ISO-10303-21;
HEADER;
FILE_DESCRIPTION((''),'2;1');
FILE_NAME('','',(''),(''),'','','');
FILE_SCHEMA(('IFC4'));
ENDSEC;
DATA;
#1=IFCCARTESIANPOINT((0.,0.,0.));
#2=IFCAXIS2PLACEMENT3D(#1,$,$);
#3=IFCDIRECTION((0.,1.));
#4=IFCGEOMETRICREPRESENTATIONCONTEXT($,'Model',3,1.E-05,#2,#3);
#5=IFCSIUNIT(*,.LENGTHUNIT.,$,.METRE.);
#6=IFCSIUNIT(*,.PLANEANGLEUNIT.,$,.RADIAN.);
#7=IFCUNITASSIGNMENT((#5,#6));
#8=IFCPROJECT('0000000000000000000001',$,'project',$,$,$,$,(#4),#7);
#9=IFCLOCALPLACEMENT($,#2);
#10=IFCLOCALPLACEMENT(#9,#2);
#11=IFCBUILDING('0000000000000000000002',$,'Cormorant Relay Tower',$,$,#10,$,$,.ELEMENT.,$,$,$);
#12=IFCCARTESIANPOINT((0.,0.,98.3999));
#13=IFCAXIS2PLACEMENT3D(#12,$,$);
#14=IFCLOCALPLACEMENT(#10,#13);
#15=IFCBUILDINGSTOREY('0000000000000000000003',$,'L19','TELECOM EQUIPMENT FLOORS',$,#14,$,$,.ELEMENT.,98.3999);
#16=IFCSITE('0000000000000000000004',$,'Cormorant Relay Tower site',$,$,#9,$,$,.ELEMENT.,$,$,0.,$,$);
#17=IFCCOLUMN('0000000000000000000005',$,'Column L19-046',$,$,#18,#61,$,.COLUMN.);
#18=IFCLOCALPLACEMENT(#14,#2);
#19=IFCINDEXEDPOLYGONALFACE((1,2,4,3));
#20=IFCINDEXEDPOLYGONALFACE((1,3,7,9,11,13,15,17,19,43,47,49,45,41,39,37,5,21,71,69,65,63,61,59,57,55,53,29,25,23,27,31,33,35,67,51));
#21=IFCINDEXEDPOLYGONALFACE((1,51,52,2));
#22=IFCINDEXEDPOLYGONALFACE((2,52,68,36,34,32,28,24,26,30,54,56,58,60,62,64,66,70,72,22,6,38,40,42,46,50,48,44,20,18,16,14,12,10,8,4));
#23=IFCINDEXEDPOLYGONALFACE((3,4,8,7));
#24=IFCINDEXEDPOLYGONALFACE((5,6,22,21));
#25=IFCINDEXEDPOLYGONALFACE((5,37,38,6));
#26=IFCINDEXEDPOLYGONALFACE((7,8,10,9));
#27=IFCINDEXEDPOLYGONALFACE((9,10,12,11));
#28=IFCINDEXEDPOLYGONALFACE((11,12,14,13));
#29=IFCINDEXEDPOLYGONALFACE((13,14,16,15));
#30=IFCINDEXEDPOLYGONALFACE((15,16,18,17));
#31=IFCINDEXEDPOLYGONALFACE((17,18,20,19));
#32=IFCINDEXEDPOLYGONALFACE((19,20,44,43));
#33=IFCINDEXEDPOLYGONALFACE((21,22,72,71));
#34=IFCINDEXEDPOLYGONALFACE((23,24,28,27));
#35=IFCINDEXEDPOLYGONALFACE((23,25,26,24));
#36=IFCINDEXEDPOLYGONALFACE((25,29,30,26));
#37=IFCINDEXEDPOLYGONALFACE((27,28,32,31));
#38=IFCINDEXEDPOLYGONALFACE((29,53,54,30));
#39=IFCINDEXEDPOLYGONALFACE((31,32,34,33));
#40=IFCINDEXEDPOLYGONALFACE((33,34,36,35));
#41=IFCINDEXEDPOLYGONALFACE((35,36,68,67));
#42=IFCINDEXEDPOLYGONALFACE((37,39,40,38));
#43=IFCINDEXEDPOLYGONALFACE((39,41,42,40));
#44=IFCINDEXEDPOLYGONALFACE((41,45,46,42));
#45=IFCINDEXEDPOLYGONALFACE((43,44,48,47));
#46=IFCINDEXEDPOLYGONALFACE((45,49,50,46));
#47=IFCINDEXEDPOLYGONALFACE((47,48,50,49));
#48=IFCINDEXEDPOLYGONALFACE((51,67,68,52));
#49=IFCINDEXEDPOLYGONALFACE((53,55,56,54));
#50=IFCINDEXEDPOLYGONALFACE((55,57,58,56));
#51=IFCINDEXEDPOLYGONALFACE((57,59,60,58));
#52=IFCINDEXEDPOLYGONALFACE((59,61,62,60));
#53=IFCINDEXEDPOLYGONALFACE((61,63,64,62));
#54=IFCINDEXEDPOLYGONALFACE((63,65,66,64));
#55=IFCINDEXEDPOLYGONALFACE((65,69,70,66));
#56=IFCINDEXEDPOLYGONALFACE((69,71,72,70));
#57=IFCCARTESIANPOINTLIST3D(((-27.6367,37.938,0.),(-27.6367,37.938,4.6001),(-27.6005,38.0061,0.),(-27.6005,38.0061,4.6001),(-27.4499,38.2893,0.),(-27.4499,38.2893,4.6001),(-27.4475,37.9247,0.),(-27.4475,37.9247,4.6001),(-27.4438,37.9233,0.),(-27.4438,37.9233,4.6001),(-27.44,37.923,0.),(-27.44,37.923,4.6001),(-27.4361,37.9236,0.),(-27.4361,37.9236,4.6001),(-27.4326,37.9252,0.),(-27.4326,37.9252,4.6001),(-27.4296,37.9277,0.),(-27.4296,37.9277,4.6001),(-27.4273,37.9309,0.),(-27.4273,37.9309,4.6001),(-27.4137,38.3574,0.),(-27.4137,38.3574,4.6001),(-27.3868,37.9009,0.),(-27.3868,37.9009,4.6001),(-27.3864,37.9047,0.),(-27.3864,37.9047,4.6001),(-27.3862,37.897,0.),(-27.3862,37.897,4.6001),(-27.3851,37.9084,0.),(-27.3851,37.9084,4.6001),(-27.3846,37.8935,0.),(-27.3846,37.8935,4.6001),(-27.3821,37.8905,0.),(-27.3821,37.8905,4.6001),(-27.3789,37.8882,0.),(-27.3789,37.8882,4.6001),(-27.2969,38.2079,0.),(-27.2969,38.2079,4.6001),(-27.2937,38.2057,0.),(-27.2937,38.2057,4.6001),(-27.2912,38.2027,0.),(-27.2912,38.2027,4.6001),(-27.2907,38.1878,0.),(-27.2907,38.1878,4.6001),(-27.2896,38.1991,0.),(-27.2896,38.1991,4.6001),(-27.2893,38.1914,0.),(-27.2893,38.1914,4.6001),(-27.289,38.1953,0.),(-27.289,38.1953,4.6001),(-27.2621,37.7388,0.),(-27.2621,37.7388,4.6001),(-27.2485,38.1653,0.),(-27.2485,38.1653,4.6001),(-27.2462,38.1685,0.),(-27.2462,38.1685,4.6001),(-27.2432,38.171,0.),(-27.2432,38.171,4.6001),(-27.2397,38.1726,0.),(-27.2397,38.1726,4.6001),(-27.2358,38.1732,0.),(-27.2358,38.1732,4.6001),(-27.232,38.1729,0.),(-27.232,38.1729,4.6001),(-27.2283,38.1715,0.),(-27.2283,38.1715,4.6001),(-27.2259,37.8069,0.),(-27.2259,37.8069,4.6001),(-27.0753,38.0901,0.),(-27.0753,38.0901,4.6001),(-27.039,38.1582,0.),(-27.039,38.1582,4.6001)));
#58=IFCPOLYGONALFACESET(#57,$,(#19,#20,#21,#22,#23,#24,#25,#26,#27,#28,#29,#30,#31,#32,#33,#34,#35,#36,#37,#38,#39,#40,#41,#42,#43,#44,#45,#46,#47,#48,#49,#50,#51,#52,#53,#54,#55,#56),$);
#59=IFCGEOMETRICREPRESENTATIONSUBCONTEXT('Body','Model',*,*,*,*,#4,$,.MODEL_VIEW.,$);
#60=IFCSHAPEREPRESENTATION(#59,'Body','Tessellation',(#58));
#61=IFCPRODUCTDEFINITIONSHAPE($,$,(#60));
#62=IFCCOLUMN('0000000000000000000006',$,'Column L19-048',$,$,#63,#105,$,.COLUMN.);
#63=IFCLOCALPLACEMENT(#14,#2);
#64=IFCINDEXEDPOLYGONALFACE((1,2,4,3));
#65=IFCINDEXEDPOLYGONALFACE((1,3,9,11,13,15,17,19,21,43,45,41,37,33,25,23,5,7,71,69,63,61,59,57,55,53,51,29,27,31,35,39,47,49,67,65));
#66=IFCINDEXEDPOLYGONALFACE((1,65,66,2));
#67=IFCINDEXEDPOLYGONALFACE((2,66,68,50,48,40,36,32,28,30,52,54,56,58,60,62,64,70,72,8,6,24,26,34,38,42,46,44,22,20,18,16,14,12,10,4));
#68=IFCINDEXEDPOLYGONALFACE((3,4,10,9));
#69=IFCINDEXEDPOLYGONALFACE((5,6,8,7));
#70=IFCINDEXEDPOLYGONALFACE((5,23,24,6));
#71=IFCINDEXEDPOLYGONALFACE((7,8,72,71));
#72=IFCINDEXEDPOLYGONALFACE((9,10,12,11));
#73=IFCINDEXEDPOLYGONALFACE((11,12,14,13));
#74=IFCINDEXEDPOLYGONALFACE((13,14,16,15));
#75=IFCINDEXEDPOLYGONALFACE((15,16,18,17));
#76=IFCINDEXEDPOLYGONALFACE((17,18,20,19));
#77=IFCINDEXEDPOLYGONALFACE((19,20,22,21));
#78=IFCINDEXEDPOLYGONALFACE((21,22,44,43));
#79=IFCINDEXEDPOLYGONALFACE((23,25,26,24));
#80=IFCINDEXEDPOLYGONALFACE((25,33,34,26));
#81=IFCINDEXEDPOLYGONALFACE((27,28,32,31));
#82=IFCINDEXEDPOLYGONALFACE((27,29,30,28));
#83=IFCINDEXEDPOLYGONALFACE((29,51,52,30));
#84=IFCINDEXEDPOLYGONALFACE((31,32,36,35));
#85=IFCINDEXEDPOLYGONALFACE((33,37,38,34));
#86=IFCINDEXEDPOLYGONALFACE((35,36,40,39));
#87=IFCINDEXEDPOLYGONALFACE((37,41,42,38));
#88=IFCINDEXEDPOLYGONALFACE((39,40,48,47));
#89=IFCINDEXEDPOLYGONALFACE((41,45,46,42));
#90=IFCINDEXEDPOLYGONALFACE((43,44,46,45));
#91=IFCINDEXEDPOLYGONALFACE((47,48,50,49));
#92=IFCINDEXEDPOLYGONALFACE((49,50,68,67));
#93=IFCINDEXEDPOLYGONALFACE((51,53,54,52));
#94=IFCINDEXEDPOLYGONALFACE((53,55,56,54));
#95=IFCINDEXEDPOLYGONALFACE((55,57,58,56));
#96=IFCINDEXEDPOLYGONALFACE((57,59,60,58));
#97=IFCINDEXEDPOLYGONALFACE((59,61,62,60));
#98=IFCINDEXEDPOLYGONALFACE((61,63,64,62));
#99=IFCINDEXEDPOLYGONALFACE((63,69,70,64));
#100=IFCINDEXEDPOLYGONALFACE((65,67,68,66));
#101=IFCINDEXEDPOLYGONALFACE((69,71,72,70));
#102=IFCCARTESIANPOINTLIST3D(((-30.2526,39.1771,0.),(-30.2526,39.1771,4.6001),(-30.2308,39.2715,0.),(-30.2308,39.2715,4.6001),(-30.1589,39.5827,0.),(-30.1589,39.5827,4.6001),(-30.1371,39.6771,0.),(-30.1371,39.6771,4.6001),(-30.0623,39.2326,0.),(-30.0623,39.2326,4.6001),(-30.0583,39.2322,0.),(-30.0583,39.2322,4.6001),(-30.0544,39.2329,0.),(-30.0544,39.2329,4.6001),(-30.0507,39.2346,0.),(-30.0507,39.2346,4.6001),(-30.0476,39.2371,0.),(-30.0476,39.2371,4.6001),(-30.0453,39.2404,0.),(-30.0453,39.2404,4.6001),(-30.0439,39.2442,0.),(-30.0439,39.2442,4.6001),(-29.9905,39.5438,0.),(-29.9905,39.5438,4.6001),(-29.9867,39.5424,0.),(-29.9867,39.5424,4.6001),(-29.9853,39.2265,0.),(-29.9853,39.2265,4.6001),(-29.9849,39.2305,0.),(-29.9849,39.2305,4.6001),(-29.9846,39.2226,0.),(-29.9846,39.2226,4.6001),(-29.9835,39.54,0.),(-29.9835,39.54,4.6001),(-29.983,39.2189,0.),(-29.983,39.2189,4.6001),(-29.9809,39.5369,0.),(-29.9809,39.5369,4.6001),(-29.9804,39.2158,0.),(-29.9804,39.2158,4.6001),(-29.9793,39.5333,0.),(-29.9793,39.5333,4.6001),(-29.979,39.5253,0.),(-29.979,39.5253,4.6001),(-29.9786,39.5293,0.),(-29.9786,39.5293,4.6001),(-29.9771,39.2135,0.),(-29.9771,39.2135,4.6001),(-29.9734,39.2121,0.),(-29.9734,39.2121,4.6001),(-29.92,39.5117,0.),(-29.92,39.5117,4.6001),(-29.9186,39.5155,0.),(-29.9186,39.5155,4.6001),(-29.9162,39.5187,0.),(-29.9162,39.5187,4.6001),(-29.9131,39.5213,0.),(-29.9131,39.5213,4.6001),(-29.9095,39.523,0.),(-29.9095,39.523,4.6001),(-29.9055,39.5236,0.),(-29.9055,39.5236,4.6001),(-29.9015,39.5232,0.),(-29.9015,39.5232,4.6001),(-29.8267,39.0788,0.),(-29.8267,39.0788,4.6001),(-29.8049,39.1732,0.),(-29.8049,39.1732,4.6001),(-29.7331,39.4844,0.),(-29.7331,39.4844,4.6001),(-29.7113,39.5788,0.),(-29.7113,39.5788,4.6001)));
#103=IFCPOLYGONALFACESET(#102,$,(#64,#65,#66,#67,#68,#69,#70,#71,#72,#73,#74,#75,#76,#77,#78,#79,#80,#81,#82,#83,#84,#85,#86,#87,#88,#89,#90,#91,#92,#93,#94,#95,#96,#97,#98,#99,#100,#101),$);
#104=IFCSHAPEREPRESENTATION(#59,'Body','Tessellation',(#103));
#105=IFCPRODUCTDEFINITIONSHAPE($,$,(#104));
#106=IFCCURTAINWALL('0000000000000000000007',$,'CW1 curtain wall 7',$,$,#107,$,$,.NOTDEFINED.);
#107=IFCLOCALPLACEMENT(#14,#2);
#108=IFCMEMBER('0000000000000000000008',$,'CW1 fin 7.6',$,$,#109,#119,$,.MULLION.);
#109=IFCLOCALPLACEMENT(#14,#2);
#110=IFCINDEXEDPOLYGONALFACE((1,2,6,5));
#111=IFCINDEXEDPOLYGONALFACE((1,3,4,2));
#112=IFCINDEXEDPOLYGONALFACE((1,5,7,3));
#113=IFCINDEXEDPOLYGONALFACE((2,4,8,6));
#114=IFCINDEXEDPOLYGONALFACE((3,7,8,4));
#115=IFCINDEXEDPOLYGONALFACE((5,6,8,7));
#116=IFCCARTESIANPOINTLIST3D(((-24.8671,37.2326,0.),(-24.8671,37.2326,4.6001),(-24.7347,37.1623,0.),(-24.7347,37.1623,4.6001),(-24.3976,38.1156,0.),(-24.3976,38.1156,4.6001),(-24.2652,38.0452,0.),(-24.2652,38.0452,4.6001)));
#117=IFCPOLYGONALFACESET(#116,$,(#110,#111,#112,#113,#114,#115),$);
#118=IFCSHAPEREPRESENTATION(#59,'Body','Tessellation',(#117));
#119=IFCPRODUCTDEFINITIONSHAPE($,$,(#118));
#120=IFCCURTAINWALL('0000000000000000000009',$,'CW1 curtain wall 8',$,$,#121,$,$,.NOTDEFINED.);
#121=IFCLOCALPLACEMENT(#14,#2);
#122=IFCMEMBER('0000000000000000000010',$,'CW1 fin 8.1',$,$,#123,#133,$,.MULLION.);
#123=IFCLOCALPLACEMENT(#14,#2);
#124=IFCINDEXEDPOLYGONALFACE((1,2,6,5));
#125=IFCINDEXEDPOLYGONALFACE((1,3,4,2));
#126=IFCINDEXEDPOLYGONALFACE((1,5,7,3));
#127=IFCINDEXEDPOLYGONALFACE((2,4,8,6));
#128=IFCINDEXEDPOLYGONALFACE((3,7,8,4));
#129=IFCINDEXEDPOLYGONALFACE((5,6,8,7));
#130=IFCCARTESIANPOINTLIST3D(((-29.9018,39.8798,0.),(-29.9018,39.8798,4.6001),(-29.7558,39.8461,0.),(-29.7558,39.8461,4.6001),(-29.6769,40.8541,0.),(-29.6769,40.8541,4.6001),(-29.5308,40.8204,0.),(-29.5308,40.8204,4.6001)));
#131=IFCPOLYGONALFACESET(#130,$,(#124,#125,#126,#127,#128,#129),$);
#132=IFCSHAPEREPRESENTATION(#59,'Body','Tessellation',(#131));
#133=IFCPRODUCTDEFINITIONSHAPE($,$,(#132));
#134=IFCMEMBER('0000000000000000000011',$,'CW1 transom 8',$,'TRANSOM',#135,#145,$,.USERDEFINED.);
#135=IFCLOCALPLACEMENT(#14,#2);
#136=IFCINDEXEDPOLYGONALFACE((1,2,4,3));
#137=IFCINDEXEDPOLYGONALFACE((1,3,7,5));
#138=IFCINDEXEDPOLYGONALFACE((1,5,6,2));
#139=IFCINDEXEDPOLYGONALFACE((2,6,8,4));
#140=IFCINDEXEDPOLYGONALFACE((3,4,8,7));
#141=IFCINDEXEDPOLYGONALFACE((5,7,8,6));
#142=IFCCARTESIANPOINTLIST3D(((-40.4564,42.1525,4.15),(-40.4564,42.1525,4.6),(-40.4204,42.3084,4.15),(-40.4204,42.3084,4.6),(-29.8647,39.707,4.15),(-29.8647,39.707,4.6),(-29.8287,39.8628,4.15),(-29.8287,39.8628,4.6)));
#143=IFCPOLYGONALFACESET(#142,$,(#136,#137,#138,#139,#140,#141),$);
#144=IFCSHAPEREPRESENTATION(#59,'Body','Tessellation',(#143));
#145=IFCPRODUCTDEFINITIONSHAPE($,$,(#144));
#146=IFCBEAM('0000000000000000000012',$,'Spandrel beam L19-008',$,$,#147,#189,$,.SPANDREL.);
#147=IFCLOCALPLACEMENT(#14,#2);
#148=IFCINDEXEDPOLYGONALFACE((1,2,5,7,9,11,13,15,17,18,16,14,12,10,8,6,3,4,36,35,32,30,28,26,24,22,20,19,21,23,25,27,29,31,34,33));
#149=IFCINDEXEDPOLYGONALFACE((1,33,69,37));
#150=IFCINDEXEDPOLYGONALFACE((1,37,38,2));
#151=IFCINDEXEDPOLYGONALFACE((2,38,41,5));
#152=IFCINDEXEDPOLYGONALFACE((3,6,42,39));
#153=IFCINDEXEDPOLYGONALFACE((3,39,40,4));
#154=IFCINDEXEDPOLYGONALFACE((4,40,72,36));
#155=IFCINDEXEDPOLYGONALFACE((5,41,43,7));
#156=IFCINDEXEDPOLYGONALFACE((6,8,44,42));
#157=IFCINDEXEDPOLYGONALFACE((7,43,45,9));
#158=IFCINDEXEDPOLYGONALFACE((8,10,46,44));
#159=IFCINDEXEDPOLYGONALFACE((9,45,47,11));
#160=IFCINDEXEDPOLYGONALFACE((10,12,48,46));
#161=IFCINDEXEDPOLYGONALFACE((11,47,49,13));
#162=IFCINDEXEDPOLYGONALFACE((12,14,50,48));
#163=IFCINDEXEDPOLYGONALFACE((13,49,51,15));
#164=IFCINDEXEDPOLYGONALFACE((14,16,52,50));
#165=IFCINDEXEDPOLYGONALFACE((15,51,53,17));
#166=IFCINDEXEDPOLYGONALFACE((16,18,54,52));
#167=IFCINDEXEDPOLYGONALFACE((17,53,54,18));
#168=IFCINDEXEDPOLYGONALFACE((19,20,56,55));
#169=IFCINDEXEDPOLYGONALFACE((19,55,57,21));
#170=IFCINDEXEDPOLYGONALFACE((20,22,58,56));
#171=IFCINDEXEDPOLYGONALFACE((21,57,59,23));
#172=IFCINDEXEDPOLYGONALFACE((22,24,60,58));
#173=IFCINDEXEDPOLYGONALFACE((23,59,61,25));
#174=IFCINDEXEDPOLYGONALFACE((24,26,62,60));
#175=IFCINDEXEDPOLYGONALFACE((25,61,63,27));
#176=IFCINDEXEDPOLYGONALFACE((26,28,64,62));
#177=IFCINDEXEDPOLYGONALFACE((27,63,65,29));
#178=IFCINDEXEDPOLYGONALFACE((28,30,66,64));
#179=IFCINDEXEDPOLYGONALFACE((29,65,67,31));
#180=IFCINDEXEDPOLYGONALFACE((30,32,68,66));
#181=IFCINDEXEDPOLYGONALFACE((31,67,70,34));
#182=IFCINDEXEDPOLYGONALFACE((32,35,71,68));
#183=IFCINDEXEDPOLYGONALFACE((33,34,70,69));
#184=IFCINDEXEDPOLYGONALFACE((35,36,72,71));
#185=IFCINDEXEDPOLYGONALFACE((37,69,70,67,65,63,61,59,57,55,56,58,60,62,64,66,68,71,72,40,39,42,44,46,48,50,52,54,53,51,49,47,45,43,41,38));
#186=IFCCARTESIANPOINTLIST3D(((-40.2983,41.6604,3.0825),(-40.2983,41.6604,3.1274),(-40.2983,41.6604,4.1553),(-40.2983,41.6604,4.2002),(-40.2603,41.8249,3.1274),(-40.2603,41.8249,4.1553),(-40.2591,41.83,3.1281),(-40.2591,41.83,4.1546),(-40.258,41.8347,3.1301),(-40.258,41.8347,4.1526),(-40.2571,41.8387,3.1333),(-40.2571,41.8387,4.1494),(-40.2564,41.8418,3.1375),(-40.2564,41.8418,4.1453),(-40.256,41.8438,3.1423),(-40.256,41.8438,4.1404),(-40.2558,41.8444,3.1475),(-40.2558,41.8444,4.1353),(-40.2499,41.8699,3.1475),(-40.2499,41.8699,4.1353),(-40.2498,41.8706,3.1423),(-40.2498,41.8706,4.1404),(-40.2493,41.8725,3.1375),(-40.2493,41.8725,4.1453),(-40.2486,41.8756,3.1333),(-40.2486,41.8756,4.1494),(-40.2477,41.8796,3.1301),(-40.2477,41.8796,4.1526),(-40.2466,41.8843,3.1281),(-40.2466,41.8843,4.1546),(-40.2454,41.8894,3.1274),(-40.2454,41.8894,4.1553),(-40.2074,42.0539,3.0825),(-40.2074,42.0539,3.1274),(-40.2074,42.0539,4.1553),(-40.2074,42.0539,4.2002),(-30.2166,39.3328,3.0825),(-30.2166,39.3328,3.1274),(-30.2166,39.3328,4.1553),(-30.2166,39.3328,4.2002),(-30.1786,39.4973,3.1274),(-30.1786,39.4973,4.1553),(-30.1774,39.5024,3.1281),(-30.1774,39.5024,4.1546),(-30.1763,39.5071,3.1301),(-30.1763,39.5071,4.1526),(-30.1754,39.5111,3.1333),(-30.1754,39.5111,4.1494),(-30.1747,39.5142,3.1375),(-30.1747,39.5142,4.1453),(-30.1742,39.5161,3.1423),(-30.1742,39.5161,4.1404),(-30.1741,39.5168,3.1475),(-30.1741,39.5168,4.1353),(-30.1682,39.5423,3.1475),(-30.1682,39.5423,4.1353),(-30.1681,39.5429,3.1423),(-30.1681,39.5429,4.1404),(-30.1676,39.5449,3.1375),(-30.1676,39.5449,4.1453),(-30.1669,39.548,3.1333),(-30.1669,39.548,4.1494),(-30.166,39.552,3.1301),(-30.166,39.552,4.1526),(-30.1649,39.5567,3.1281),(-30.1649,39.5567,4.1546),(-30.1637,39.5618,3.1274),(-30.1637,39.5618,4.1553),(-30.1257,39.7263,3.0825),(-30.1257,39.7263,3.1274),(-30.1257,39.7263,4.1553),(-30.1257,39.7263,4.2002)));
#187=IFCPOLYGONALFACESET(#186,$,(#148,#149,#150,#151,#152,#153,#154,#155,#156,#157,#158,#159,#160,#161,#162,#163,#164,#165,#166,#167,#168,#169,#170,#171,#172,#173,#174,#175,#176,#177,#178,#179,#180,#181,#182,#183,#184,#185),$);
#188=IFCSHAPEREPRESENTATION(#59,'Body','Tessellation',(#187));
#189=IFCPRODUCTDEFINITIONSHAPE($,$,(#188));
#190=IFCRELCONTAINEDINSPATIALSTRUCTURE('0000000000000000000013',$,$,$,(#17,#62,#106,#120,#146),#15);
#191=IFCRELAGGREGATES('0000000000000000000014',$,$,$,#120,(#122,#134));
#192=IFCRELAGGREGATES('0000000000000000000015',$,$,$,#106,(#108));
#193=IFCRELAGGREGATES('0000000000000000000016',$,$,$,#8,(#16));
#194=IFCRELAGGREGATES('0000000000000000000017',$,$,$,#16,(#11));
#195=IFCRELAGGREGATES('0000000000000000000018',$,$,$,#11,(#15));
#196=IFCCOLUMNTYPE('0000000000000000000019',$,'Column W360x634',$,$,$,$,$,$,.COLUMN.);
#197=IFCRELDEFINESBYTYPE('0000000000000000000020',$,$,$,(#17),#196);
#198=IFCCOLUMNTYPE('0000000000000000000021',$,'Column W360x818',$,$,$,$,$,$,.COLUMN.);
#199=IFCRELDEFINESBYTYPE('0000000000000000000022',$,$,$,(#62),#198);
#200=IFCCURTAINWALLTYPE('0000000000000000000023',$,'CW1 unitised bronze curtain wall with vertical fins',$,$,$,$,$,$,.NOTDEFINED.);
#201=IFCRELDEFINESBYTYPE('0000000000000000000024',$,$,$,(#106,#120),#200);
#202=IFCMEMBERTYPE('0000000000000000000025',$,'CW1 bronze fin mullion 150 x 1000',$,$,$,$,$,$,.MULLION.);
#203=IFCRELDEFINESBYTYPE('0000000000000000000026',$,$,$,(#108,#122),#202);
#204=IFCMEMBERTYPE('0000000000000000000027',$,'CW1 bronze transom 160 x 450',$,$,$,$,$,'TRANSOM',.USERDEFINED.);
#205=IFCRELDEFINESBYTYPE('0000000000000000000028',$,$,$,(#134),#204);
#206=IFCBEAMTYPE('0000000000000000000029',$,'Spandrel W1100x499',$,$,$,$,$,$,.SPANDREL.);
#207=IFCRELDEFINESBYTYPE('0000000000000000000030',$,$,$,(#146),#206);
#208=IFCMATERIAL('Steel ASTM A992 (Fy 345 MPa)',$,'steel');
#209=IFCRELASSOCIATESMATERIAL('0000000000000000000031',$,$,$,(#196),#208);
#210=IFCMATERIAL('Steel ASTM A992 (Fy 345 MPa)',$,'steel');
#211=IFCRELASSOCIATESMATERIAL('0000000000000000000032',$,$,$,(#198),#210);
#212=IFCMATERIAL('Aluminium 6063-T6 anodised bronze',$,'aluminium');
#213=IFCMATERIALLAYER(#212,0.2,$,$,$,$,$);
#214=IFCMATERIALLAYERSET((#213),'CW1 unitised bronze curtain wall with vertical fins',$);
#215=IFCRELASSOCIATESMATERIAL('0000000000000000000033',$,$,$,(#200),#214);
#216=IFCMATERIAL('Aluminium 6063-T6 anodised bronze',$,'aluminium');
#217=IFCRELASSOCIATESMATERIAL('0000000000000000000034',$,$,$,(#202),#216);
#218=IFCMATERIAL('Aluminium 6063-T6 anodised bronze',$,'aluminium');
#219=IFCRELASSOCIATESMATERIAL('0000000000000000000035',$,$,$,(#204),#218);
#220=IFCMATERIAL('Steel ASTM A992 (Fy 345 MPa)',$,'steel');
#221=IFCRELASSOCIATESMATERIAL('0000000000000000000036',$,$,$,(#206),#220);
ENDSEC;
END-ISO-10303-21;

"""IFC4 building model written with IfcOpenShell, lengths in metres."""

from ifc_helpers import new_model, si_unit, direction, frame, origin, origin_2d, place, context, subcontext, project, spatial, rectangle, i_section, extrude, material, layer, layer_set, material_profile, profile_set, type_object, element, aggregate, save


model = new_model("IFC4")

# Units and contexts
model_context = context("Model", 3, precision=1e-05, world=origin(), true_north=direction((0.0, 1.0)))
body_context = subcontext(model_context, "Body", "Model", "MODEL_VIEW")
ifc_project = project(units=[si_unit("LENGTHUNIT", "METRE"), si_unit("PLANEANGLEUNIT", "RADIAN")], contexts=[model_context])

# Site, building, storey
site_placement = place(None, origin())
site = spatial("IfcSite", under=ifc_project, at=site_placement, Name="Cormorant Relay Tower site", CompositionType="ELEMENT", RefElevation=0.0)
building_placement = place(site_placement, origin())
building = spatial("IfcBuilding", under=site, at=building_placement, Name="Cormorant Relay Tower", CompositionType="ELEMENT")
storey_placement = place(building_placement, frame((0.0, 0.0, 98.3999)))
storey = spatial("IfcBuildingStorey", under=building, at=storey_placement, Name="L19", Description="TELECOM EQUIPMENT FLOORS", CompositionType="ELEMENT", Elevation=98.3999)

# Columns
ifc_material_1 = material(Name="Steel ASTM A992 (Fy 345 MPa)", Category="steel")
ifc_material_profile_1 = material_profile(ifc_material_1, i_section(OverallWidth=0.4243, OverallDepth=0.4751, WebThickness=0.0479, FlangeThickness=0.0771, FilletRadius=0.0149, at=origin_2d()), Name="W360x634")
ifc_profile_set_1 = profile_set([ifc_material_profile_1], Name="Steel ASTM A992 (Fy 345 MPa)")
column_type_1 = type_object("IfcColumnType", Name="Column W360x634", PredefinedType="COLUMN", material=ifc_profile_set_1)
column_1_placement = place(storey_placement, frame((-27.3379, 38.0481, 0.0), z_axis=(0.0, 0.0, 1.0), x_axis=(-0.882948, 0.469472, 0.0)))
element("IfcColumn", 1, at=column_1_placement, inside=storey, type_object=column_type_1, Name="Column L19-046", PredefinedType="COLUMN", context=body_context, shape_type="SweptSolid", body=[
    extrude(i_section(OverallWidth=0.4243, OverallDepth=0.4751, WebThickness=0.0479, FlangeThickness=0.0771, FilletRadius=0.0149, at=origin_2d()), origin(), (0.0, 0.0, 1.0), 4.6001),
])
ifc_material_2 = material(Name="Steel ASTM A992 (Fy 345 MPa)", Category="steel")
ifc_material_profile_2 = material_profile(ifc_material_2, i_section(OverallWidth=0.437, OverallDepth=0.5132, WebThickness=0.0605, FlangeThickness=0.0969, FilletRadius=0.0154, at=origin_2d()), Name="W360x818")
ifc_profile_set_2 = profile_set([ifc_material_profile_2], Name="Steel ASTM A992 (Fy 345 MPa)")
column_type_2 = type_object("IfcColumnType", Name="Column W360x818", PredefinedType="COLUMN", material=ifc_profile_set_2)
column_2_placement = place(storey_placement, frame((-29.9819, 39.3779, 0.0), z_axis=(0.0, 0.0, 1.0), x_axis=(-0.97437, 0.224951, 0.0)))
element("IfcColumn", 2, at=column_2_placement, inside=storey, type_object=column_type_2, Name="Column L19-048", PredefinedType="COLUMN", context=body_context, shape_type="SweptSolid", body=[
    extrude(i_section(OverallWidth=0.437, OverallDepth=0.5132, WebThickness=0.0605, FlangeThickness=0.0969, FilletRadius=0.0154, at=origin_2d()), origin(), (0.0, 0.0, 1.0), 4.6001),
])

# Curtain wall, member
ifc_material_3 = material(Name="Aluminium 6063-T6 anodised bronze", Category="aluminium")
ifc_layer_1 = layer(ifc_material_3, 0.2)
ifc_layer_set_1 = layer_set([ifc_layer_1], Name="CW1 unitised bronze curtain wall with vertical fins")
curtain_wall_type = type_object("IfcCurtainWallType", Name="CW1 unitised bronze curtain wall with vertical fins", PredefinedType="NOTDEFINED", material=ifc_layer_set_1)
curtain_wall_1_placement = place(storey_placement, origin())
curtain_wall_1 = element("IfcCurtainWall", 3, at=curtain_wall_1_placement, inside=storey, type_object=curtain_wall_type, Name="CW1 curtain wall 7", PredefinedType="NOTDEFINED")
ifc_material_4 = material(Name="Aluminium 6063-T6 anodised bronze", Category="aluminium")
ifc_material_profile_3 = material_profile(ifc_material_4, rectangle(XDim=0.1499, YDim=1.0, at=origin_2d()), Name="AL 150x1000")
ifc_profile_set_3 = profile_set([ifc_material_profile_3], Name="Aluminium 6063-T6 anodised bronze")
member_type_1 = type_object("IfcMemberType", Name="CW1 bronze fin mullion 150 x 1000", PredefinedType="MULLION", material=ifc_profile_set_3)
member_1_placement = place(storey_placement, frame((-24.5662, 37.6389, 0.0), z_axis=(0.0, 0.0, 1.0), x_axis=(-0.882948, 0.469472, 0.0)))
member_1 = element("IfcMember", 4, at=member_1_placement, type_object=member_type_1, Name="CW1 fin 7.6", PredefinedType="MULLION", context=body_context, shape_type="SweptSolid", body=[
    extrude(rectangle(XDim=0.1499, YDim=1.0, at=origin_2d()), origin(), (0.0, 0.0, 1.0), 4.6001),
])

# Curtain wall, members
curtain_wall_2_placement = place(storey_placement, origin())
curtain_wall_2 = element("IfcCurtainWall", 5, at=curtain_wall_2_placement, inside=storey, type_object=curtain_wall_type, Name="CW1 curtain wall 8", PredefinedType="NOTDEFINED")
member_2_placement = place(storey_placement, frame((-29.7163, 40.3501, 0.0), z_axis=(0.0, 0.0, 1.0), x_axis=(-0.97437, 0.224951, 0.0)))
member_2 = element("IfcMember", 6, at=member_2_placement, type_object=member_type_1, Name="CW1 fin 8.1", PredefinedType="MULLION", context=body_context, shape_type="SweptSolid", body=[
    extrude(rectangle(XDim=0.1499, YDim=1.0, at=origin_2d()), origin(), (0.0, 0.0, 1.0), 4.6001),
])
ifc_material_5 = material(Name="Aluminium 6063-T6 anodised bronze", Category="aluminium")
ifc_material_profile_4 = material_profile(ifc_material_5, rectangle(XDim=0.1599, YDim=0.45, at=origin_2d()), Name="AL 160x450")
ifc_profile_set_4 = profile_set([ifc_material_profile_4], Name="Aluminium 6063-T6 anodised bronze")
member_type_2 = type_object("IfcMemberType", Name="CW1 bronze transom 160 x 450", ElementType="TRANSOM", PredefinedType="USERDEFINED", material=ifc_profile_set_4)
member_3_placement = place(storey_placement, frame((-29.8467, 39.7849, 4.375), z_axis=(-0.974365, 0.224973, 0.0), x_axis=(-0.224973, -0.974365, 0.0)))
member_3 = element("IfcMember", 7, at=member_3_placement, type_object=member_type_2, Name="CW1 transom 8", ObjectType="TRANSOM", PredefinedType="USERDEFINED", context=body_context, shape_type="SweptSolid", body=[
    extrude(rectangle(XDim=0.1599, YDim=0.45, at=origin_2d()), origin(), (0.0, 0.0, 1.0), 10.8704),
])
aggregate(curtain_wall_2, [member_2, member_3])

# Beam
ifc_material_6 = material(Name="Steel ASTM A992 (Fy 345 MPa)", Category="steel")
ifc_material_profile_5 = material_profile(ifc_material_6, i_section(OverallWidth=0.4038, OverallDepth=1.1177, WebThickness=0.0261, FlangeThickness=0.0449, FilletRadius=0.02, at=origin_2d()), Name="W1100x499")
ifc_profile_set_5 = profile_set([ifc_material_profile_5], Name="Steel ASTM A992 (Fy 345 MPa)")
beam_type = type_object("IfcBeamType", Name="Spandrel W1100x499", PredefinedType="SPANDREL", material=ifc_profile_set_5)
beam_placement = place(storey_placement, frame((-30.1711, 39.5295, 3.6414), z_axis=(-0.974369, 0.224958, 0.0), x_axis=(-0.224958, -0.974369, 0.0)))
element("IfcBeam", 8, at=beam_placement, inside=storey, type_object=beam_type, Name="Spandrel beam L19-008", PredefinedType="SPANDREL", context=body_context, shape_type="SweptSolid", body=[
    extrude(i_section(OverallWidth=0.4038, OverallDepth=1.1177, WebThickness=0.0261, FlangeThickness=0.0449, FilletRadius=0.02, at=origin_2d()), origin(), (0.0, 0.0, 1.0), 10.3469),
])

aggregate(curtain_wall_1, [member_1])

save(model, "model.ifc")
